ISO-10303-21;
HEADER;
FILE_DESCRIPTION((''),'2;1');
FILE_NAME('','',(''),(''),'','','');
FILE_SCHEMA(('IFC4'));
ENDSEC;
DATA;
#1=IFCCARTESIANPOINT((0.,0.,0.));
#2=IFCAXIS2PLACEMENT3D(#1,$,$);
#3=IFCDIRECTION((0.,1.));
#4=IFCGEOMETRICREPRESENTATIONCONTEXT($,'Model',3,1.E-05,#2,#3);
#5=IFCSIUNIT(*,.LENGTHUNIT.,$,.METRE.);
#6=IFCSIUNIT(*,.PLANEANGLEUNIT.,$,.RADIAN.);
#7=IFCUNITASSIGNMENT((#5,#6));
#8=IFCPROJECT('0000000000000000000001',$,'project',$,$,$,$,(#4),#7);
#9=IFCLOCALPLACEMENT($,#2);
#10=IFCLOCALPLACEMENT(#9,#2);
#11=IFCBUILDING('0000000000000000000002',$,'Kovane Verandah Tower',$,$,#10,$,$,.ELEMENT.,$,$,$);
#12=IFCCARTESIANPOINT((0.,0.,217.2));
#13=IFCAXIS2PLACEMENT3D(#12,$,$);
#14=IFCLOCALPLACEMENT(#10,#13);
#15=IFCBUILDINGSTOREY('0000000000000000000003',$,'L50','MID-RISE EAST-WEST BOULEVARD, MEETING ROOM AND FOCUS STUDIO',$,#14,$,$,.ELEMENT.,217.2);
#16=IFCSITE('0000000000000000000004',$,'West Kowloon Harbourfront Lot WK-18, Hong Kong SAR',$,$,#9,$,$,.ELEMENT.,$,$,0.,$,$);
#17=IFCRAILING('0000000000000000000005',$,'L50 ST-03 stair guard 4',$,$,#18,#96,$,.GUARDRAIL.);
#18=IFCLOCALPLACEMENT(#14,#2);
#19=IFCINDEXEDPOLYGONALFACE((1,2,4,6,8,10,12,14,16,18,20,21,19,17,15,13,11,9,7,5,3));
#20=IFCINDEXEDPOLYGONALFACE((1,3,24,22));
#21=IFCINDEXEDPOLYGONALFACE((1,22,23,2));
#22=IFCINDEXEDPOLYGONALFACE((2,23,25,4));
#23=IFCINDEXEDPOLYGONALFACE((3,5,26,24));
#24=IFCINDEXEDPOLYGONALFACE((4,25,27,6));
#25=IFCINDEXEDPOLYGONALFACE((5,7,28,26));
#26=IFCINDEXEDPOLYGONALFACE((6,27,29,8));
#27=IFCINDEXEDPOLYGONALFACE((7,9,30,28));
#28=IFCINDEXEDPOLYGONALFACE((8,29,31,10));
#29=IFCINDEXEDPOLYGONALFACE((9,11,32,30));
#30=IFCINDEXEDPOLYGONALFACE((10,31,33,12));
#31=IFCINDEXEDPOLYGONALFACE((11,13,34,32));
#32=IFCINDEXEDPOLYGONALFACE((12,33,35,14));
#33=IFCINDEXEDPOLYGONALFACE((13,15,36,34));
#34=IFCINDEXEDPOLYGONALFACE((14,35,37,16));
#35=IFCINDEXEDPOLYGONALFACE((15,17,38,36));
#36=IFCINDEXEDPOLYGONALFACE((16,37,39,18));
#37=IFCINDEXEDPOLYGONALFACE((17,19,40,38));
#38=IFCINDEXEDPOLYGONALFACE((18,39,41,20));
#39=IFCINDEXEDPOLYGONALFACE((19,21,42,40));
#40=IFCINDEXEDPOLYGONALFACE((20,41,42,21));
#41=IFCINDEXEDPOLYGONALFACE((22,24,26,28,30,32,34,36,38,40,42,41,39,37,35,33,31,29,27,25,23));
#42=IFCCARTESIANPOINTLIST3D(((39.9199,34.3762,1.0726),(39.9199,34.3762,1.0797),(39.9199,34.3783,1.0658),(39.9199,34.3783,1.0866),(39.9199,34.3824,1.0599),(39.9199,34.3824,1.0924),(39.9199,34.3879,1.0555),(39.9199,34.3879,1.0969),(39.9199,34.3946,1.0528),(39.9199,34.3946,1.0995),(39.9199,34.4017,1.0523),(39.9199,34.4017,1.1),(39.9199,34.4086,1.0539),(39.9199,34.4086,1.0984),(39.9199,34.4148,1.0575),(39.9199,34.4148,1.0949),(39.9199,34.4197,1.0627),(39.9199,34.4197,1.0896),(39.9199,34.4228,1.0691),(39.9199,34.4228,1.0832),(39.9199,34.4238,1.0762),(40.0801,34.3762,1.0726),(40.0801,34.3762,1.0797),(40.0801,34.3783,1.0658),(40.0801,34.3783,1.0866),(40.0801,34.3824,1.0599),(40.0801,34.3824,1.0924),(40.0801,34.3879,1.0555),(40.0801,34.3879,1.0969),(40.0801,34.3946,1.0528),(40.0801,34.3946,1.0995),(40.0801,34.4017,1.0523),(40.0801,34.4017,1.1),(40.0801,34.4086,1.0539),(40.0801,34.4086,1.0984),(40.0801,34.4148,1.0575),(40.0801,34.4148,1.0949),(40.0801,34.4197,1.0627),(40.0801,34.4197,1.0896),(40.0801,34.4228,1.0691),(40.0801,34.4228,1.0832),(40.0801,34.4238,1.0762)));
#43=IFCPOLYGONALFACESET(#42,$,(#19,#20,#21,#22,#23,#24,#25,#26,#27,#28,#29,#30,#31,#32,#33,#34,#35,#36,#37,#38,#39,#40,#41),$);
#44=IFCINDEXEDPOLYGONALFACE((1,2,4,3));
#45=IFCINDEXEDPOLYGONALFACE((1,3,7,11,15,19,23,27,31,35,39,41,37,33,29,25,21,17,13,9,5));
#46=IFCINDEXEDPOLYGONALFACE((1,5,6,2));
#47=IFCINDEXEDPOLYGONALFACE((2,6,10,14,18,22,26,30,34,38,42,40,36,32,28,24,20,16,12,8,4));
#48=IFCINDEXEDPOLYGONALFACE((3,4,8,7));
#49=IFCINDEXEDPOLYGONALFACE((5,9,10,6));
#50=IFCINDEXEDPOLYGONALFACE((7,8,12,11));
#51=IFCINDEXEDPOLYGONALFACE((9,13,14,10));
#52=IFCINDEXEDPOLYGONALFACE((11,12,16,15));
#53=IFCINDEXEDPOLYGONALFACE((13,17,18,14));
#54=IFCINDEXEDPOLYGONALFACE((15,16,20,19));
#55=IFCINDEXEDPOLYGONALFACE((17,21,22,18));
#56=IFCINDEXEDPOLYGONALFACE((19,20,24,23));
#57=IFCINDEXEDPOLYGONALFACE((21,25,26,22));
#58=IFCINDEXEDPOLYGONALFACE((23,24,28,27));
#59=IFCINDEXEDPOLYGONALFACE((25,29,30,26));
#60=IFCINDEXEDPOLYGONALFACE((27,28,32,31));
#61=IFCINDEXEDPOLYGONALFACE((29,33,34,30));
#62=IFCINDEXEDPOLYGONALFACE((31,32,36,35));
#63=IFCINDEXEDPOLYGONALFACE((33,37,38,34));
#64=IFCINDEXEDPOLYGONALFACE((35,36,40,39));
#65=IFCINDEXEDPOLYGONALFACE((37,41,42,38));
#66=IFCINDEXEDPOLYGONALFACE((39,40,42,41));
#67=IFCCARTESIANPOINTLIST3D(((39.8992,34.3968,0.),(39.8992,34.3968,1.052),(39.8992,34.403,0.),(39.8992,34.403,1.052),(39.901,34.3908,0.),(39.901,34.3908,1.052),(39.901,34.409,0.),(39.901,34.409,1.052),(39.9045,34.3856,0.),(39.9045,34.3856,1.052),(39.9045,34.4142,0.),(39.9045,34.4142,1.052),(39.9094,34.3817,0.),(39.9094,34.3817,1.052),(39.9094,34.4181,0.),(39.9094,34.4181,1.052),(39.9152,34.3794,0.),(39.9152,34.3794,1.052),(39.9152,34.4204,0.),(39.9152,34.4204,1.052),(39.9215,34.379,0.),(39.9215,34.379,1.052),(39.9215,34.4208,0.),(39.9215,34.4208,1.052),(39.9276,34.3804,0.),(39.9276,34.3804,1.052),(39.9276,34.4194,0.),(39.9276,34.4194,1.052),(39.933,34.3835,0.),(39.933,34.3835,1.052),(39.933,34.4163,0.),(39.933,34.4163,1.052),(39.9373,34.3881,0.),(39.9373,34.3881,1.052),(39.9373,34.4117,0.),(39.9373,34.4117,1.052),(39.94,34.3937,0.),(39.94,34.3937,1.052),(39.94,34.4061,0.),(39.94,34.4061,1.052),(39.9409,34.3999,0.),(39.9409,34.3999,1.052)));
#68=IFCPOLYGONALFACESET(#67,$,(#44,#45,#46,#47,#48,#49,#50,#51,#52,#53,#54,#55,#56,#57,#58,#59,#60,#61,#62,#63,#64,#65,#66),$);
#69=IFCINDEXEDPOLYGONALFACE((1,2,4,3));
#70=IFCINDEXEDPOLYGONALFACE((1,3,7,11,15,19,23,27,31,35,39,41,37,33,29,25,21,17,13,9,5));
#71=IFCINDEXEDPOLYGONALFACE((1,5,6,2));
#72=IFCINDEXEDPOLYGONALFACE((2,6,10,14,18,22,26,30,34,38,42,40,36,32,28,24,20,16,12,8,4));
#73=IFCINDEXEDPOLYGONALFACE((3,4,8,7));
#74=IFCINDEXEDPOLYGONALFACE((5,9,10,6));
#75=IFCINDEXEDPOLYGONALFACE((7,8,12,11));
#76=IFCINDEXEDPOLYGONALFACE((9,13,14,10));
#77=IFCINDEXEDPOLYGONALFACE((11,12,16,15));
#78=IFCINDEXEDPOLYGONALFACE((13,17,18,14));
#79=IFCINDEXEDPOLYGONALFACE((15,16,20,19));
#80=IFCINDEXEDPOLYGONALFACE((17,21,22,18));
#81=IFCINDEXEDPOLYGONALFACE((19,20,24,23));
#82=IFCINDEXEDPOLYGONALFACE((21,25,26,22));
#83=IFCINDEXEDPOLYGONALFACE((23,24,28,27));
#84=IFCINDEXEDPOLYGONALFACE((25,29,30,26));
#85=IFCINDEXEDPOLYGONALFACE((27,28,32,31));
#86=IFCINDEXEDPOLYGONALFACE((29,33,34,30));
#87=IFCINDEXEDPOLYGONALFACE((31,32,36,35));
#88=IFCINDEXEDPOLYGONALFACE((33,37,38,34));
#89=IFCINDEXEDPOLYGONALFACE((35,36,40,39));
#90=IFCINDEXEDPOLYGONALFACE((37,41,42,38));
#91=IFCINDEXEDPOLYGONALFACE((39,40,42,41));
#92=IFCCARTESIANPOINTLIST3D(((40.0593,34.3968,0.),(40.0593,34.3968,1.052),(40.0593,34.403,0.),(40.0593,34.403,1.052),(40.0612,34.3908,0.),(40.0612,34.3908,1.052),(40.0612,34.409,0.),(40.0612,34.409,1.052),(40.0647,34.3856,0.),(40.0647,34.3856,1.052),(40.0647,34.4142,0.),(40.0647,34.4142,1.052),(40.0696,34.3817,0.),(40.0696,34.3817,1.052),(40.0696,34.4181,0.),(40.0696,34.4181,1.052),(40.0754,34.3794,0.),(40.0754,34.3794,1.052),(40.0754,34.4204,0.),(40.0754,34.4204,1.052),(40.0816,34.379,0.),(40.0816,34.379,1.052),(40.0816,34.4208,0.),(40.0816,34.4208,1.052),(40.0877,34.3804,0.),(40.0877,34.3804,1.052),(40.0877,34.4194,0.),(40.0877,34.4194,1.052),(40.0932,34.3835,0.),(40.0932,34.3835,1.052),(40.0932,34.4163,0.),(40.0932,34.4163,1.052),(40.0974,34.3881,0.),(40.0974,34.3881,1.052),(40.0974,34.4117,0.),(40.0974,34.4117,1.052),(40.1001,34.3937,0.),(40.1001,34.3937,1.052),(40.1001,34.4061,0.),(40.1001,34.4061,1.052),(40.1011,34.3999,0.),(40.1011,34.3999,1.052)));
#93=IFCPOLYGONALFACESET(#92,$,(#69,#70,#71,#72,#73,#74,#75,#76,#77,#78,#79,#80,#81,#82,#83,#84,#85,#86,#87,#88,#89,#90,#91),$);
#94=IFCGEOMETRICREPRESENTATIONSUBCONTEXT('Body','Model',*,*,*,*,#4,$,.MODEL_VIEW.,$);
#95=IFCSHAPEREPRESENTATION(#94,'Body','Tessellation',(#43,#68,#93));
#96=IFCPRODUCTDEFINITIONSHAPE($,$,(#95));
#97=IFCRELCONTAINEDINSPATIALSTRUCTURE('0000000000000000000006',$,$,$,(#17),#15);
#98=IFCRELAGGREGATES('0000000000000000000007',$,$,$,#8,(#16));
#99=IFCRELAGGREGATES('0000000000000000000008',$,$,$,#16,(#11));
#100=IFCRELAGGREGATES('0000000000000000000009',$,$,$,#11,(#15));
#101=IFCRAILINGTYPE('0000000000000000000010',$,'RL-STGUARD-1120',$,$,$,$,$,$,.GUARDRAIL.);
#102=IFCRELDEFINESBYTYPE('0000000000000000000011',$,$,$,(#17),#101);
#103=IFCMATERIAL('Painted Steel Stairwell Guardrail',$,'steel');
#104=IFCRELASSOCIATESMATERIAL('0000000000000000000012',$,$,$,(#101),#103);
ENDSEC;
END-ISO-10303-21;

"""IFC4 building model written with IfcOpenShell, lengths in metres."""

from ifc_helpers import new_model, si_unit, direction, frame, origin, origin_2d, place, context, subcontext, project, spatial, circle, extrude, material, type_object, element, save


model = new_model("IFC4")

# Units and contexts
model_context = context("Model", 3, precision=1e-05, world=origin(), true_north=direction((0.0, 1.0)))
body_context = subcontext(model_context, "Body", "Model", "MODEL_VIEW")
ifc_project = project(units=[si_unit("LENGTHUNIT", "METRE"), si_unit("PLANEANGLEUNIT", "RADIAN")], contexts=[model_context])

# Site, building, storey
site_placement = place(None, origin())
site = spatial("IfcSite", under=ifc_project, at=site_placement, Name="West Kowloon Harbourfront Lot WK-18, Hong Kong SAR", CompositionType="ELEMENT", RefElevation=0.0)
building_placement = place(site_placement, origin())
building = spatial("IfcBuilding", under=site, at=building_placement, Name="Kovane Verandah Tower", CompositionType="ELEMENT")
storey_placement = place(building_placement, frame((0.0, 0.0, 217.2)))
storey = spatial("IfcBuildingStorey", under=building, at=storey_placement, Name="L50", Description="MID-RISE EAST-WEST BOULEVARD, MEETING ROOM AND FOCUS STUDIO", CompositionType="ELEMENT", Elevation=217.2)

# Railing
ifc_material_1 = material(Name="Painted Steel Stairwell Guardrail", Category="steel")
railing_type_1 = type_object("IfcRailingType", Name="RL-STGUARD-1120", PredefinedType="GUARDRAIL", material=ifc_material_1)
railing_1_placement = place(storey_placement, frame((39.9199, 34.3999, 0.0)))
element("IfcRailing", 1, at=railing_1_placement, inside=storey, type_object=railing_type_1, Name="L50 ST-03 stair guard 4", PredefinedType="GUARDRAIL", context=body_context, shape_type="SweptSolid", body=[
    extrude(circle(Radius=0.0239, at=origin_2d()), frame((0.0, 0.0, 1.0762), z_axis=(1.0, 0.0, 0.0), x_axis=(0.0, 1.0, 0.0)), (0.0, 0.0, 1.0), 0.1602),
    extrude(circle(Radius=0.021, at=origin_2d()), origin(), (0.0, 0.0, 1.0), 1.052),
    extrude(circle(Radius=0.021, at=origin_2d()), frame((0.1602, 0.0, 0.0)), (0.0, 0.0, 1.0), 1.052),
])

save(model, "model.ifc")
